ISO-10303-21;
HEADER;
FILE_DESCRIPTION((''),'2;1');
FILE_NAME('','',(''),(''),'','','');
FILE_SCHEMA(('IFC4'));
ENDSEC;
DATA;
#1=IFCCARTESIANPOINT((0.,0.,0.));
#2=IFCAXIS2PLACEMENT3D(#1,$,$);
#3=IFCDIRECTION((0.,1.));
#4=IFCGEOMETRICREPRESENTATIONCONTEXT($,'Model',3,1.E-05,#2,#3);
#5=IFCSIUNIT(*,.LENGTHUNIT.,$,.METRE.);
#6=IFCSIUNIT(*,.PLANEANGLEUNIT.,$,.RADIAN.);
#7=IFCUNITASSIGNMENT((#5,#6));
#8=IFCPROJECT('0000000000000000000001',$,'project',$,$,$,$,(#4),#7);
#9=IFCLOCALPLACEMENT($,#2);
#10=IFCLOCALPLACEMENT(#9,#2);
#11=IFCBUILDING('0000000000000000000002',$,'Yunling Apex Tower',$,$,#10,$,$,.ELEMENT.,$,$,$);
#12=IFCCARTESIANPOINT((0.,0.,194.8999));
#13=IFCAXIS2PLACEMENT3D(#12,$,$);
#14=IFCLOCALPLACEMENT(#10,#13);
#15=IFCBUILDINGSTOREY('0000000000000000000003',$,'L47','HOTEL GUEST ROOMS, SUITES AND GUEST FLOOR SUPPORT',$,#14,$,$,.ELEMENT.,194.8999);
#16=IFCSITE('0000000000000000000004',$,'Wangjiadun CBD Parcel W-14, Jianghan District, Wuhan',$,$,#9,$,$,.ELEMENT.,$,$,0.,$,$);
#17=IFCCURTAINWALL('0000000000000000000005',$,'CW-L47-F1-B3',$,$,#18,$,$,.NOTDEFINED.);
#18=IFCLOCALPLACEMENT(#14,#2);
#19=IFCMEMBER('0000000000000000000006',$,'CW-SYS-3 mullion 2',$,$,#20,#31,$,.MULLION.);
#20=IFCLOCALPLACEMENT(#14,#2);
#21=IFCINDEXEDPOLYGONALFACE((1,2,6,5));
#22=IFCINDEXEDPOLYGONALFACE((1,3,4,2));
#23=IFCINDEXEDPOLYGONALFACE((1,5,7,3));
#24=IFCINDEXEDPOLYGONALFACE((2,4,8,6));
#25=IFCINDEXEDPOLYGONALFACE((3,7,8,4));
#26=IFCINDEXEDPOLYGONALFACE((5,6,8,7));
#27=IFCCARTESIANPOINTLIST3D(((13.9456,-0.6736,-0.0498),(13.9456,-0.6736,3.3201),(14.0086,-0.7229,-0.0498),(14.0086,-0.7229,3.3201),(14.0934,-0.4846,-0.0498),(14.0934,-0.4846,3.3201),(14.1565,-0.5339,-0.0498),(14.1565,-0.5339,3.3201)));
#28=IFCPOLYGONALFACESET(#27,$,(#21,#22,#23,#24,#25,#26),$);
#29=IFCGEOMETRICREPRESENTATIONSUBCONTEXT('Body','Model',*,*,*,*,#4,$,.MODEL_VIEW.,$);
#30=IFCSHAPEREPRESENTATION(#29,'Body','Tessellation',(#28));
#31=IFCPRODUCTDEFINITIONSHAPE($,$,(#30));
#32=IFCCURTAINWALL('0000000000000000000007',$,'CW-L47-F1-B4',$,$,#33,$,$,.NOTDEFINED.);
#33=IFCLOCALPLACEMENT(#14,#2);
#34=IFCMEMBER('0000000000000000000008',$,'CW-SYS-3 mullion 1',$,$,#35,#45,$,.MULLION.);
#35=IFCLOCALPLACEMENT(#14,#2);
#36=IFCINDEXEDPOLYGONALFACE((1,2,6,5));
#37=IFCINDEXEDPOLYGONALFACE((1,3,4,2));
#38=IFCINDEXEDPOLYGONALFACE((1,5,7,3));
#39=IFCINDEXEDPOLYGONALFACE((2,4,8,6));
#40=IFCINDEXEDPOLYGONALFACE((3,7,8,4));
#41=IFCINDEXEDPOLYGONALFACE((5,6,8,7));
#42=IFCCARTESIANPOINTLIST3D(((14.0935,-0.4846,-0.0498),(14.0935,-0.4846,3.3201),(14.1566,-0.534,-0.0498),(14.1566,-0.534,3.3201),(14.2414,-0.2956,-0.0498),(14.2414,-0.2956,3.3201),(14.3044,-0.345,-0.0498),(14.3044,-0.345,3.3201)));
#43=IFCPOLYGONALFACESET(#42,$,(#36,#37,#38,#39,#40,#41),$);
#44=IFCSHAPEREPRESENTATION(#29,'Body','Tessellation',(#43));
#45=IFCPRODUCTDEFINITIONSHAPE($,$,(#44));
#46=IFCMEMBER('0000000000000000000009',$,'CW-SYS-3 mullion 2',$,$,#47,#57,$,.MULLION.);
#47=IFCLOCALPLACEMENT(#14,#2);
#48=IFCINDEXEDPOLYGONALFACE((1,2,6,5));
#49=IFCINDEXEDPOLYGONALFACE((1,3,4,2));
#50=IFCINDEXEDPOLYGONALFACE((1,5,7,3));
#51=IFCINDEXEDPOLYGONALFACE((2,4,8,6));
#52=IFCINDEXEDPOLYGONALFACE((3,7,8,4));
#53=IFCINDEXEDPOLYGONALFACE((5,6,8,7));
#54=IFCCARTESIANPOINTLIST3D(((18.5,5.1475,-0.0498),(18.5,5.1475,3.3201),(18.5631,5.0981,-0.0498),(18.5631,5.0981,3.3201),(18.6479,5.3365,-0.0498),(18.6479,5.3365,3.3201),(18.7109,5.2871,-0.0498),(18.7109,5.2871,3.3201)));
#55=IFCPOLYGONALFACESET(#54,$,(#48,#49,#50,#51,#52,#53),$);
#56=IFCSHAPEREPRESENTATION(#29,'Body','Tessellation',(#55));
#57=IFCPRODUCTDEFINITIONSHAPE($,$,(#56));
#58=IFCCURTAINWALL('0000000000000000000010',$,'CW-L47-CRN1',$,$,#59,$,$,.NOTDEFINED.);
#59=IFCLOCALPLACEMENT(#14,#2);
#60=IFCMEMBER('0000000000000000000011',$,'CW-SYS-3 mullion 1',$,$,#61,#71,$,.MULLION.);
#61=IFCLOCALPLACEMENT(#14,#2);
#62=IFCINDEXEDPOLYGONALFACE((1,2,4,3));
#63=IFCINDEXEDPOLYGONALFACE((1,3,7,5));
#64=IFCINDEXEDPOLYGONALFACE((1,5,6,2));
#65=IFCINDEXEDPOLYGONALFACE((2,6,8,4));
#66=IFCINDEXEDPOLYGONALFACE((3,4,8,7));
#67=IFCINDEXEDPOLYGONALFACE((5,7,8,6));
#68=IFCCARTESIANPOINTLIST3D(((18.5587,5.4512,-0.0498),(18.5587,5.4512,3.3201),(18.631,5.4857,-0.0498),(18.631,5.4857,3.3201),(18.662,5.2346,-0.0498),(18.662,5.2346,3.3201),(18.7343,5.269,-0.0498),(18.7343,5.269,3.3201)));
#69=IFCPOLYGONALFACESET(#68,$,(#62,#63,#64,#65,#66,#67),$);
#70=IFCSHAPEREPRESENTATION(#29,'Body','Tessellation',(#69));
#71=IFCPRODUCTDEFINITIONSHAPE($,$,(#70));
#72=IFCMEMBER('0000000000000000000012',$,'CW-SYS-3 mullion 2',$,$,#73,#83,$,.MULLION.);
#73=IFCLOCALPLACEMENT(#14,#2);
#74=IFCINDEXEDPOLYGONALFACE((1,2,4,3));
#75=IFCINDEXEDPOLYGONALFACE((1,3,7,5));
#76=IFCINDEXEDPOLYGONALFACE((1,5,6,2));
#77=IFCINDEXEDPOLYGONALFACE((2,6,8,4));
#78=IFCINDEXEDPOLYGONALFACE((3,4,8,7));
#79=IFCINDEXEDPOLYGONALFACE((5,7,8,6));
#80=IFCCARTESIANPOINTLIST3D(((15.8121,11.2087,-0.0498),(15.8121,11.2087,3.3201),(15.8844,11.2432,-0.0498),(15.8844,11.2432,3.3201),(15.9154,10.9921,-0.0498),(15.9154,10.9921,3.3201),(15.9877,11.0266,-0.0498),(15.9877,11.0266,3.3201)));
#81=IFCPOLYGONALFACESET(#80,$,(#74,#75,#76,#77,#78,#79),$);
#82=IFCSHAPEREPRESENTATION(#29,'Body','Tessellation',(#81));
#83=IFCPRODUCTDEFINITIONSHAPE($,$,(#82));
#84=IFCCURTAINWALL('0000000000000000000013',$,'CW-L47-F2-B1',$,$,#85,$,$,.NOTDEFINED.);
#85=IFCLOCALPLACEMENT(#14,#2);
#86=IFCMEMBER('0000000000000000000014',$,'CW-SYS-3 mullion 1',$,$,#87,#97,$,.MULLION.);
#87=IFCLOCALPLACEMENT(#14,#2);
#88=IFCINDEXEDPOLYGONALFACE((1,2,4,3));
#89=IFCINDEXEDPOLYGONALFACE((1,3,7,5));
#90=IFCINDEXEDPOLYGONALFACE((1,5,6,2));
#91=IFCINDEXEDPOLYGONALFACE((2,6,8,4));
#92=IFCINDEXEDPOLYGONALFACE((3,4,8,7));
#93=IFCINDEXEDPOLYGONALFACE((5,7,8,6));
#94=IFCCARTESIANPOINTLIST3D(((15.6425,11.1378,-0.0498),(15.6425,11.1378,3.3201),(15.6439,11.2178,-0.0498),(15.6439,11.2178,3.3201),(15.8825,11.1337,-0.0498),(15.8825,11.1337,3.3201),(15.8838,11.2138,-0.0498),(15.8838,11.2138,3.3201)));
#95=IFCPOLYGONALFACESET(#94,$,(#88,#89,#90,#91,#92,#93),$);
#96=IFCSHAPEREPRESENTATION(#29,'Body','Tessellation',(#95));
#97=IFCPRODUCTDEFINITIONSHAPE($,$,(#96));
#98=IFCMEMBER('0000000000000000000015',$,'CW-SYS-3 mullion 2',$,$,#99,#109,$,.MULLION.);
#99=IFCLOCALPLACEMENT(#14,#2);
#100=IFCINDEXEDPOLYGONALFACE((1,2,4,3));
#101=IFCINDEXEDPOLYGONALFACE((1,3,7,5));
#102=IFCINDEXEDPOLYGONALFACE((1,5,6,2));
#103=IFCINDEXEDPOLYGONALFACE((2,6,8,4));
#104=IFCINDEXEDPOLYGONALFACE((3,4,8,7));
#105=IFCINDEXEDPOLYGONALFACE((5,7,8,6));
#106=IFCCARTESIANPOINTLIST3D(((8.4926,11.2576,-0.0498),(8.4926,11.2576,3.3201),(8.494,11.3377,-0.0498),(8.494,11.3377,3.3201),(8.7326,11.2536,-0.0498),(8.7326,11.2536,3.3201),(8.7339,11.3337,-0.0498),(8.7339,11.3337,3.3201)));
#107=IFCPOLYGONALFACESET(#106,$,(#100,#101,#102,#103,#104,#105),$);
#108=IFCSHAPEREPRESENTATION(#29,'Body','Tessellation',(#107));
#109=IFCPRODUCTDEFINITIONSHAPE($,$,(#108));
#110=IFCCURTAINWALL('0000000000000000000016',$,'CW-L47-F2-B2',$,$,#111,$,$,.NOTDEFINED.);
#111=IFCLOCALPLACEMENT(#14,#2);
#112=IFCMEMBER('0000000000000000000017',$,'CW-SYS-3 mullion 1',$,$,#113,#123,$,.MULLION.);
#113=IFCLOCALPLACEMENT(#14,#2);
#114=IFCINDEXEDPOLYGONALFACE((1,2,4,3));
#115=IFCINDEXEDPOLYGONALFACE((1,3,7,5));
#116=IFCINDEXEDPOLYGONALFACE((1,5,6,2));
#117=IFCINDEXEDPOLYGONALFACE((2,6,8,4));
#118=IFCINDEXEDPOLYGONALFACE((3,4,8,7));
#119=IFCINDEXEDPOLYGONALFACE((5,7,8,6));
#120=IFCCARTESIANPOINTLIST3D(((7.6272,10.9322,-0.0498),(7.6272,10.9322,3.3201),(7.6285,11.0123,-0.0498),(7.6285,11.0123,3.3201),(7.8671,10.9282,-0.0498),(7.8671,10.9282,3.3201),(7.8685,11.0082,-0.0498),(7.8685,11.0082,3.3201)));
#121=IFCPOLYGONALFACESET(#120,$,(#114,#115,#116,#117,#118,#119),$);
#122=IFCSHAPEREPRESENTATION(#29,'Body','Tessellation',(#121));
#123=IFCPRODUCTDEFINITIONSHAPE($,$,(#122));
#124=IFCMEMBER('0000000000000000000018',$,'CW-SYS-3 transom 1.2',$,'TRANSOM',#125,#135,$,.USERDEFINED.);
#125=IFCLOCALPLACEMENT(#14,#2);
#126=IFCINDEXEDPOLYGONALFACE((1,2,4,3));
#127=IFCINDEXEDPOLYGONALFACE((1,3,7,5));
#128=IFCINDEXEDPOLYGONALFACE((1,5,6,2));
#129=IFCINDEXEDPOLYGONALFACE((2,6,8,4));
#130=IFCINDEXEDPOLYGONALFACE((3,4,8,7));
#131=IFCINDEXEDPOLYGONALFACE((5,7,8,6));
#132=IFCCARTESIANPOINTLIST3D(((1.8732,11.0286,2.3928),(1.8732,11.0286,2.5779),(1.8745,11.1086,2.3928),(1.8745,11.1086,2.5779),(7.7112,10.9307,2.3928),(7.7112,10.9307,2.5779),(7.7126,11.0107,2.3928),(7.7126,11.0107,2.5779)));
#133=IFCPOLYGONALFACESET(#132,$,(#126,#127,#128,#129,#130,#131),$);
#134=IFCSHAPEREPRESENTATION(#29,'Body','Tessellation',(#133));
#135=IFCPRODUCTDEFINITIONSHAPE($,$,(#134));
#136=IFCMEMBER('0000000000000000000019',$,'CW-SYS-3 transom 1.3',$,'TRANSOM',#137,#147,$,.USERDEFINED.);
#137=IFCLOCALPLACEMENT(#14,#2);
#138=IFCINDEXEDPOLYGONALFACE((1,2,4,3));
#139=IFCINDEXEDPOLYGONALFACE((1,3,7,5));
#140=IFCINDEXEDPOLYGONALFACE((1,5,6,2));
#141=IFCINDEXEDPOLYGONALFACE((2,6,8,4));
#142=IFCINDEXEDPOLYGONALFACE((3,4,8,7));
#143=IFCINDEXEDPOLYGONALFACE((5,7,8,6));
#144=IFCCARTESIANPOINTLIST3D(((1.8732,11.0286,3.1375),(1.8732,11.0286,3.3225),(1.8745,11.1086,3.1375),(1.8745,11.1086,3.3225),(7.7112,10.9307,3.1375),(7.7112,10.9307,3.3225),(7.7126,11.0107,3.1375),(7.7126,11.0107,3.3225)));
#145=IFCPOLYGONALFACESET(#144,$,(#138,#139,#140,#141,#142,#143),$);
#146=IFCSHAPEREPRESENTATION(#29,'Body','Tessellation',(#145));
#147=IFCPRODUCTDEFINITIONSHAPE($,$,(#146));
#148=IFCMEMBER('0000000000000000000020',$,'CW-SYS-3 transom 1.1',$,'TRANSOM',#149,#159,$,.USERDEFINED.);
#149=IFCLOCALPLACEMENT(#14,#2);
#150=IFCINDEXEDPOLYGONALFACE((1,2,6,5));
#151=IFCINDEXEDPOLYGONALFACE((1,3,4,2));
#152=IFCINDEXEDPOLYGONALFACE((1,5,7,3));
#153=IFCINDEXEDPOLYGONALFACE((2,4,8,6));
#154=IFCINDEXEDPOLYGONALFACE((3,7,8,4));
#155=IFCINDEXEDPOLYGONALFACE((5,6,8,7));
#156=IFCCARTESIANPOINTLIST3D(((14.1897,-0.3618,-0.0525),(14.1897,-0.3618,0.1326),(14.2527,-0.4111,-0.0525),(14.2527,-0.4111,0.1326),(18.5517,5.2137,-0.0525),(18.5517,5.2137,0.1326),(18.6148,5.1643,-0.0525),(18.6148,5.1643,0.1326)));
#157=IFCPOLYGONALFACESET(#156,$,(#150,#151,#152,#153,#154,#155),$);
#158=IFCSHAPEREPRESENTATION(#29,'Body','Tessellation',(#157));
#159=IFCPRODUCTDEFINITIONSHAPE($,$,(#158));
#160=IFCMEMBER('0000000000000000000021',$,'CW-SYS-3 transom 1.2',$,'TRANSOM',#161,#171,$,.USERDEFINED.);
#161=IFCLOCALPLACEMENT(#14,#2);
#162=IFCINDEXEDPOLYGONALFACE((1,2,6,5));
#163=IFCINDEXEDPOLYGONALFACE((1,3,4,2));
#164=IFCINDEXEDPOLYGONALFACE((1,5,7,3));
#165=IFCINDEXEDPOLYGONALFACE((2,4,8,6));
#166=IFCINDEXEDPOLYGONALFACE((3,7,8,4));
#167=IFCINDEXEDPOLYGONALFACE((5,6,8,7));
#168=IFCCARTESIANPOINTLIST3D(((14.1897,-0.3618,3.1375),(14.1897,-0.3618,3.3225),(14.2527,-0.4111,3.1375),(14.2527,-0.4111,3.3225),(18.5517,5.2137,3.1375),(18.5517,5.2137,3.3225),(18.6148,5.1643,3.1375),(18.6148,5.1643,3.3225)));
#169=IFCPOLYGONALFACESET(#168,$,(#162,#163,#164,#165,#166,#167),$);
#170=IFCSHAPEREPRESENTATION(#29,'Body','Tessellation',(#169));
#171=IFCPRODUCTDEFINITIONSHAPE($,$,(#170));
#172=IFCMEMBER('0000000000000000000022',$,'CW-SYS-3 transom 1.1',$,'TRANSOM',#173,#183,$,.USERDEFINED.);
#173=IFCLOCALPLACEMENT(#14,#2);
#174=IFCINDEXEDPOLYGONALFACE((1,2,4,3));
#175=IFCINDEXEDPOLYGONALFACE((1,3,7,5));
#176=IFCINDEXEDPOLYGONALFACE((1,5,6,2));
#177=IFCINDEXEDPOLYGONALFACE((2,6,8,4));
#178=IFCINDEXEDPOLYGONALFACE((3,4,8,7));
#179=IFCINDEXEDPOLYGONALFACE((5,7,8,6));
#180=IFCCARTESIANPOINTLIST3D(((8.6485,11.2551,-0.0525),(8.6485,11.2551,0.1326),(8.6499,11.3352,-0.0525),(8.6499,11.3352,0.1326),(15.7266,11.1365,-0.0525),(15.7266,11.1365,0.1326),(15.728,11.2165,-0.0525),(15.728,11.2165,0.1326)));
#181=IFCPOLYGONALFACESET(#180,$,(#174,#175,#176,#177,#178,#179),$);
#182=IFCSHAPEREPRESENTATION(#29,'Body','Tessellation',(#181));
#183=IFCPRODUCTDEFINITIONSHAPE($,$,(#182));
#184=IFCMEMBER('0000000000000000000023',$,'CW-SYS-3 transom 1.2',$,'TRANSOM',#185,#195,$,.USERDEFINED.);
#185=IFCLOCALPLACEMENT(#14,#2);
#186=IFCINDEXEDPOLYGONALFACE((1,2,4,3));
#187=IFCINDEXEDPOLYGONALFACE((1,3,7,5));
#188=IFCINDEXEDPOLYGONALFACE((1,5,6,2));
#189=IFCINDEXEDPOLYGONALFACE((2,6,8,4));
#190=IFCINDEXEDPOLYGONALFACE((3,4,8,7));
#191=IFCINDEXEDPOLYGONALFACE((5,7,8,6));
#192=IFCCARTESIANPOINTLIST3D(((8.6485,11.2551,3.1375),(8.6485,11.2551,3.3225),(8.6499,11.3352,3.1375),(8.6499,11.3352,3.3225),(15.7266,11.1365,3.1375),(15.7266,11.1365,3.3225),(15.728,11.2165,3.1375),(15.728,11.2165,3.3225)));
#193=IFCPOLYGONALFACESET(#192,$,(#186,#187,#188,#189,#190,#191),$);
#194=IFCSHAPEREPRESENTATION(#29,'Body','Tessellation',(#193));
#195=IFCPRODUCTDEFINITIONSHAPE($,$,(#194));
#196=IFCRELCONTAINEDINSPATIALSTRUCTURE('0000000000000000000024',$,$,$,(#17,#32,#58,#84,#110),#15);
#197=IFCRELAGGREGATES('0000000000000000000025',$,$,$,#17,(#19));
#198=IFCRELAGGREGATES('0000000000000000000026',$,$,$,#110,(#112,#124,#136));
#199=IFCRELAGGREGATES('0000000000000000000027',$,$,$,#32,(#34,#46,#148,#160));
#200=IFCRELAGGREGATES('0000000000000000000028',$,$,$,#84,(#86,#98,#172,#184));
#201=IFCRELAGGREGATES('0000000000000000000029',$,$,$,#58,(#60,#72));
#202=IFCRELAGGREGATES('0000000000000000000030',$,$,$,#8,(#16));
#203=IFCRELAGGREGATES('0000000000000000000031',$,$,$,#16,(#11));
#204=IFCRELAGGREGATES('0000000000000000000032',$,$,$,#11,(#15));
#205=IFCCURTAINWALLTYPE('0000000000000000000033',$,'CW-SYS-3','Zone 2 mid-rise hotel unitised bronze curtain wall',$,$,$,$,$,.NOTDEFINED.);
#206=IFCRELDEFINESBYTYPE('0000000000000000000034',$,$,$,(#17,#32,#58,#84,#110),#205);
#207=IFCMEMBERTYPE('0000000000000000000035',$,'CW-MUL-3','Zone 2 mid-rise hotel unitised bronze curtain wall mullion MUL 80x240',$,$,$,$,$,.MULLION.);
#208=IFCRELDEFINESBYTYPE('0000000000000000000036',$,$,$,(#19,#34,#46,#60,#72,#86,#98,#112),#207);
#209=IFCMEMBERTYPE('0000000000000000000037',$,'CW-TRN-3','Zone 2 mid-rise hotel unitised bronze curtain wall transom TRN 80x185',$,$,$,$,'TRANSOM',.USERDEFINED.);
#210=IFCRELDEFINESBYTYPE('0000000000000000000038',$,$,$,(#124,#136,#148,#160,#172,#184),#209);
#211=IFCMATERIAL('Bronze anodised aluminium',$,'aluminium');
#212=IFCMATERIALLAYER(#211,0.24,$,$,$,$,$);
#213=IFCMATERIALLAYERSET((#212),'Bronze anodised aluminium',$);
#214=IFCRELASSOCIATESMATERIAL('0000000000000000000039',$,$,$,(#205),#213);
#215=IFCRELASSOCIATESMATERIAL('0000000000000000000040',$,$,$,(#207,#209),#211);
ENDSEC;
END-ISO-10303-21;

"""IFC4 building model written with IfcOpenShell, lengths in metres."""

from ifc_helpers import new_model, si_unit, direction, frame, origin, origin_2d, place, context, subcontext, project, spatial, rectangle, extrude, source, transform, mapped, material, layer, layer_set, material_profile, profile_set, type_object, element, aggregate, save


model = new_model("IFC4")

# Units and contexts
model_context = context("Model", 3, precision=1e-05, world=origin(), true_north=direction((0.0, 1.0)))
body_context = subcontext(model_context, "Body", "Model", "MODEL_VIEW")
ifc_project = project(units=[si_unit("LENGTHUNIT", "METRE"), si_unit("PLANEANGLEUNIT", "RADIAN")], contexts=[model_context])

# Site, building, storey
site_placement = place(None, origin())
site = spatial("IfcSite", under=ifc_project, at=site_placement, Name="Wangjiadun CBD Parcel W-14, Jianghan District, Wuhan", CompositionType="ELEMENT", RefElevation=0.0)
building_placement = place(site_placement, origin())
building = spatial("IfcBuilding", under=site, at=building_placement, Name="Yunling Apex Tower", CompositionType="ELEMENT")
storey_placement = place(building_placement, frame((0.0, 0.0, 194.8999)))
storey = spatial("IfcBuildingStorey", under=building, at=storey_placement, Name="L47", Description="HOTEL GUEST ROOMS, SUITES AND GUEST FLOOR SUPPORT", CompositionType="ELEMENT", Elevation=194.8999)

# Curtain wall, member
ifc_material_1 = material(Name="Bronze anodised aluminium", Category="aluminium")
ifc_layer_1 = layer(ifc_material_1, 0.24)
ifc_layer_set_1 = layer_set([ifc_layer_1], Name="Bronze anodised aluminium")
curtain_wall_type = type_object("IfcCurtainWallType", Name="CW-SYS-3", Description="Zone 2 mid-rise hotel unitised bronze curtain wall", PredefinedType="NOTDEFINED", material=ifc_layer_set_1)
curtain_wall_1_placement = place(storey_placement, origin())
curtain_wall_1 = element("IfcCurtainWall", 1, at=curtain_wall_1_placement, inside=storey, type_object=curtain_wall_type, Name="CW-L47-F1-B3", PredefinedType="NOTDEFINED")
ifc_material_profile_1 = material_profile(ifc_material_1, rectangle(XDim=0.0801, YDim=0.24, at=origin_2d()))
ifc_profile_set_1 = profile_set([ifc_material_profile_1], Name="Bronze anodised aluminium")
member_type_1 = type_object("IfcMemberType", Name="CW-MUL-3", Description="Zone 2 mid-rise hotel unitised bronze curtain wall mullion MUL 80x240", PredefinedType="MULLION", material=ifc_profile_set_1)
shared_shape_1 = source(origin(), body_context, "Body", "SweptSolid", [
    extrude(rectangle(XDim=0.0801, YDim=0.24, at=origin_2d()), origin(), (0.0, 0.0, 1.0), 3.3699),
])
member_1_placement = place(storey_placement, frame((14.051, -0.6038, -0.0498), z_axis=(0.0, 0.0, 1.0), x_axis=(-0.787589, 0.6162, 0.0)))
member_1 = element("IfcMember", 2, at=member_1_placement, type_object=member_type_1, Name="CW-SYS-3 mullion 2", PredefinedType="MULLION", context=body_context, shape_type="MappedRepresentation", body=[
    mapped(shared_shape_1, transform((0.0, 0.0, 0.0), scale=1.0)),
])
aggregate(curtain_wall_1, [member_1])

# Curtain walls, members
curtain_wall_2_placement = place(storey_placement, origin())
curtain_wall_2 = element("IfcCurtainWall", 3, at=curtain_wall_2_placement, inside=storey, type_object=curtain_wall_type, Name="CW-L47-F1-B4", PredefinedType="NOTDEFINED")
member_2_placement = place(storey_placement, frame((14.199, -0.4148, -0.0498), z_axis=(0.0, 0.0, 1.0), x_axis=(-0.787589, 0.6162, 0.0)))
member_2 = element("IfcMember", 4, at=member_2_placement, type_object=member_type_1, Name="CW-SYS-3 mullion 1", PredefinedType="MULLION", context=body_context, shape_type="MappedRepresentation", body=[
    mapped(shared_shape_1, transform((0.0, 0.0, 0.0), scale=1.0)),
])
member_3_placement = place(storey_placement, frame((18.6055, 5.2173, -0.0498), z_axis=(0.0, 0.0, 1.0), x_axis=(-0.787589, 0.6162, 0.0)))
member_3 = element("IfcMember", 5, at=member_3_placement, type_object=member_type_1, Name="CW-SYS-3 mullion 2", PredefinedType="MULLION", context=body_context, shape_type="MappedRepresentation", body=[
    mapped(shared_shape_1, transform((0.0, 0.0, 0.0), scale=1.0)),
])
curtain_wall_3_placement = place(storey_placement, origin())
curtain_wall_3 = element("IfcCurtainWall", 6, at=curtain_wall_3_placement, inside=storey, type_object=curtain_wall_type, Name="CW-L47-CRN1", PredefinedType="NOTDEFINED")
member_4_placement = place(storey_placement, frame((18.6465, 5.3601, -0.0498), z_axis=(0.0, 0.0, 1.0), x_axis=(-0.902578, -0.430527, 0.0)))
member_4 = element("IfcMember", 7, at=member_4_placement, type_object=member_type_1, Name="CW-SYS-3 mullion 1", PredefinedType="MULLION", context=body_context, shape_type="MappedRepresentation", body=[
    mapped(shared_shape_1, transform((0.0, 0.0, 0.0), scale=1.0)),
])
member_5_placement = place(storey_placement, frame((15.8999, 11.1177, -0.0498), z_axis=(0.0, 0.0, 1.0), x_axis=(-0.902578, -0.430527, 0.0)))
member_5 = element("IfcMember", 8, at=member_5_placement, type_object=member_type_1, Name="CW-SYS-3 mullion 2", PredefinedType="MULLION", context=body_context, shape_type="MappedRepresentation", body=[
    mapped(shared_shape_1, transform((0.0, 0.0, 0.0), scale=1.0)),
])
curtain_wall_4_placement = place(storey_placement, origin())
curtain_wall_4 = element("IfcCurtainWall", 9, at=curtain_wall_4_placement, inside=storey, type_object=curtain_wall_type, Name="CW-L47-F2-B1", PredefinedType="NOTDEFINED")
member_6_placement = place(storey_placement, frame((15.7632, 11.1758, -0.0498), z_axis=(0.0, 0.0, 1.0), x_axis=(-0.016761, -0.99986, 0.0)))
member_6 = element("IfcMember", 10, at=member_6_placement, type_object=member_type_1, Name="CW-SYS-3 mullion 1", PredefinedType="MULLION", context=body_context, shape_type="MappedRepresentation", body=[
    mapped(shared_shape_1, transform((0.0, 0.0, 0.0), scale=1.0)),
])
member_7_placement = place(storey_placement, frame((8.6133, 11.2957, -0.0498), z_axis=(0.0, 0.0, 1.0), x_axis=(-0.016761, -0.99986, 0.0)))
member_7 = element("IfcMember", 11, at=member_7_placement, type_object=member_type_1, Name="CW-SYS-3 mullion 2", PredefinedType="MULLION", context=body_context, shape_type="MappedRepresentation", body=[
    mapped(shared_shape_1, transform((0.0, 0.0, 0.0), scale=1.0)),
])
curtain_wall_5_placement = place(storey_placement, origin())
curtain_wall_5 = element("IfcCurtainWall", 12, at=curtain_wall_5_placement, inside=storey, type_object=curtain_wall_type, Name="CW-L47-F2-B2", PredefinedType="NOTDEFINED")
member_8_placement = place(storey_placement, frame((7.7478, 10.9702, -0.0498), z_axis=(0.0, 0.0, 1.0), x_axis=(-0.016759, -0.99986, 0.0)))
member_8 = element("IfcMember", 13, at=member_8_placement, type_object=member_type_1, Name="CW-SYS-3 mullion 1", PredefinedType="MULLION", context=body_context, shape_type="MappedRepresentation", body=[
    mapped(shared_shape_1, transform((0.0, 0.0, 0.0), scale=1.0)),
])
ifc_material_profile_2 = material_profile(ifc_material_1, rectangle(XDim=0.0801, YDim=0.1851, at=origin_2d()))
ifc_profile_set_2 = profile_set([ifc_material_profile_2], Name="Bronze anodised aluminium")
member_type_2 = type_object("IfcMemberType", Name="CW-TRN-3", Description="Zone 2 mid-rise hotel unitised bronze curtain wall transom TRN 80x185", ElementType="TRANSOM", PredefinedType="USERDEFINED", material=ifc_profile_set_2)
shared_shape_2 = source(origin(), body_context, "Body", "SweptSolid", [
    extrude(rectangle(XDim=0.0801, YDim=0.1851, at=origin_2d()), origin(), (0.0, 0.0, 1.0), 5.8389),
])
member_9_placement = place(storey_placement, frame((7.7119, 10.9707, 2.4854), z_axis=(-0.999859, 0.016767, 0.0), x_axis=(-0.016767, -0.999859, 0.0)))
member_9 = element("IfcMember", 14, at=member_9_placement, type_object=member_type_2, Name="CW-SYS-3 transom 1.2", ObjectType="TRANSOM", PredefinedType="USERDEFINED", context=body_context, shape_type="MappedRepresentation", body=[
    mapped(shared_shape_2, transform((0.0, 0.0, 0.0), scale=1.0)),
])
member_10_placement = place(storey_placement, frame((7.7119, 10.9707, 3.23), z_axis=(-0.999859, 0.016767, 0.0), x_axis=(-0.016767, -0.999859, 0.0)))
member_10 = element("IfcMember", 15, at=member_10_placement, type_object=member_type_2, Name="CW-SYS-3 transom 1.3", ObjectType="TRANSOM", PredefinedType="USERDEFINED", context=body_context, shape_type="MappedRepresentation", body=[
    mapped(shared_shape_2, transform((0.0, 0.0, 0.0), scale=1.0)),
])
aggregate(curtain_wall_5, [member_8, member_9, member_10])

# Members
shared_shape_3 = source(origin(), body_context, "Body", "SweptSolid", [
    extrude(rectangle(XDim=0.0801, YDim=0.1851, at=origin_2d()), origin(), (0.0, 0.0, 1.0), 7.0791),
])
member_11_placement = place(storey_placement, frame((14.2212, -0.3865, 0.04), z_axis=(0.616192, 0.787596, 0.0), x_axis=(-0.787596, 0.616192, 0.0)))
member_11 = element("IfcMember", 16, at=member_11_placement, type_object=member_type_2, Name="CW-SYS-3 transom 1.1", ObjectType="TRANSOM", PredefinedType="USERDEFINED", context=body_context, shape_type="MappedRepresentation", body=[
    mapped(shared_shape_3, transform((0.0, 0.0, 0.0), scale=1.0)),
])
member_12_placement = place(storey_placement, frame((14.2212, -0.3865, 3.23), z_axis=(0.616192, 0.787596, 0.0), x_axis=(-0.787596, 0.616192, 0.0)))
member_12 = element("IfcMember", 17, at=member_12_placement, type_object=member_type_2, Name="CW-SYS-3 transom 1.2", ObjectType="TRANSOM", PredefinedType="USERDEFINED", context=body_context, shape_type="MappedRepresentation", body=[
    mapped(shared_shape_3, transform((0.0, 0.0, 0.0), scale=1.0)),
])
member_13_placement = place(storey_placement, frame((15.7273, 11.1765, 0.04), z_axis=(-0.99986, 0.016761, 0.0), x_axis=(-0.016761, -0.99986, 0.0)))
member_13 = element("IfcMember", 18, at=member_13_placement, type_object=member_type_2, Name="CW-SYS-3 transom 1.1", ObjectType="TRANSOM", PredefinedType="USERDEFINED", context=body_context, shape_type="MappedRepresentation", body=[
    mapped(shared_shape_3, transform((0.0, 0.0, 0.0), scale=1.0)),
])
member_14_placement = place(storey_placement, frame((15.7273, 11.1765, 3.23), z_axis=(-0.99986, 0.016761, 0.0), x_axis=(-0.016761, -0.99986, 0.0)))
member_14 = element("IfcMember", 19, at=member_14_placement, type_object=member_type_2, Name="CW-SYS-3 transom 1.2", ObjectType="TRANSOM", PredefinedType="USERDEFINED", context=body_context, shape_type="MappedRepresentation", body=[
    mapped(shared_shape_3, transform((0.0, 0.0, 0.0), scale=1.0)),
])

aggregate(curtain_wall_2, [member_2, member_3, member_11, member_12])
aggregate(curtain_wall_4, [member_6, member_7, member_13, member_14])
aggregate(curtain_wall_3, [member_4, member_5])

save(model, "model.ifc")
